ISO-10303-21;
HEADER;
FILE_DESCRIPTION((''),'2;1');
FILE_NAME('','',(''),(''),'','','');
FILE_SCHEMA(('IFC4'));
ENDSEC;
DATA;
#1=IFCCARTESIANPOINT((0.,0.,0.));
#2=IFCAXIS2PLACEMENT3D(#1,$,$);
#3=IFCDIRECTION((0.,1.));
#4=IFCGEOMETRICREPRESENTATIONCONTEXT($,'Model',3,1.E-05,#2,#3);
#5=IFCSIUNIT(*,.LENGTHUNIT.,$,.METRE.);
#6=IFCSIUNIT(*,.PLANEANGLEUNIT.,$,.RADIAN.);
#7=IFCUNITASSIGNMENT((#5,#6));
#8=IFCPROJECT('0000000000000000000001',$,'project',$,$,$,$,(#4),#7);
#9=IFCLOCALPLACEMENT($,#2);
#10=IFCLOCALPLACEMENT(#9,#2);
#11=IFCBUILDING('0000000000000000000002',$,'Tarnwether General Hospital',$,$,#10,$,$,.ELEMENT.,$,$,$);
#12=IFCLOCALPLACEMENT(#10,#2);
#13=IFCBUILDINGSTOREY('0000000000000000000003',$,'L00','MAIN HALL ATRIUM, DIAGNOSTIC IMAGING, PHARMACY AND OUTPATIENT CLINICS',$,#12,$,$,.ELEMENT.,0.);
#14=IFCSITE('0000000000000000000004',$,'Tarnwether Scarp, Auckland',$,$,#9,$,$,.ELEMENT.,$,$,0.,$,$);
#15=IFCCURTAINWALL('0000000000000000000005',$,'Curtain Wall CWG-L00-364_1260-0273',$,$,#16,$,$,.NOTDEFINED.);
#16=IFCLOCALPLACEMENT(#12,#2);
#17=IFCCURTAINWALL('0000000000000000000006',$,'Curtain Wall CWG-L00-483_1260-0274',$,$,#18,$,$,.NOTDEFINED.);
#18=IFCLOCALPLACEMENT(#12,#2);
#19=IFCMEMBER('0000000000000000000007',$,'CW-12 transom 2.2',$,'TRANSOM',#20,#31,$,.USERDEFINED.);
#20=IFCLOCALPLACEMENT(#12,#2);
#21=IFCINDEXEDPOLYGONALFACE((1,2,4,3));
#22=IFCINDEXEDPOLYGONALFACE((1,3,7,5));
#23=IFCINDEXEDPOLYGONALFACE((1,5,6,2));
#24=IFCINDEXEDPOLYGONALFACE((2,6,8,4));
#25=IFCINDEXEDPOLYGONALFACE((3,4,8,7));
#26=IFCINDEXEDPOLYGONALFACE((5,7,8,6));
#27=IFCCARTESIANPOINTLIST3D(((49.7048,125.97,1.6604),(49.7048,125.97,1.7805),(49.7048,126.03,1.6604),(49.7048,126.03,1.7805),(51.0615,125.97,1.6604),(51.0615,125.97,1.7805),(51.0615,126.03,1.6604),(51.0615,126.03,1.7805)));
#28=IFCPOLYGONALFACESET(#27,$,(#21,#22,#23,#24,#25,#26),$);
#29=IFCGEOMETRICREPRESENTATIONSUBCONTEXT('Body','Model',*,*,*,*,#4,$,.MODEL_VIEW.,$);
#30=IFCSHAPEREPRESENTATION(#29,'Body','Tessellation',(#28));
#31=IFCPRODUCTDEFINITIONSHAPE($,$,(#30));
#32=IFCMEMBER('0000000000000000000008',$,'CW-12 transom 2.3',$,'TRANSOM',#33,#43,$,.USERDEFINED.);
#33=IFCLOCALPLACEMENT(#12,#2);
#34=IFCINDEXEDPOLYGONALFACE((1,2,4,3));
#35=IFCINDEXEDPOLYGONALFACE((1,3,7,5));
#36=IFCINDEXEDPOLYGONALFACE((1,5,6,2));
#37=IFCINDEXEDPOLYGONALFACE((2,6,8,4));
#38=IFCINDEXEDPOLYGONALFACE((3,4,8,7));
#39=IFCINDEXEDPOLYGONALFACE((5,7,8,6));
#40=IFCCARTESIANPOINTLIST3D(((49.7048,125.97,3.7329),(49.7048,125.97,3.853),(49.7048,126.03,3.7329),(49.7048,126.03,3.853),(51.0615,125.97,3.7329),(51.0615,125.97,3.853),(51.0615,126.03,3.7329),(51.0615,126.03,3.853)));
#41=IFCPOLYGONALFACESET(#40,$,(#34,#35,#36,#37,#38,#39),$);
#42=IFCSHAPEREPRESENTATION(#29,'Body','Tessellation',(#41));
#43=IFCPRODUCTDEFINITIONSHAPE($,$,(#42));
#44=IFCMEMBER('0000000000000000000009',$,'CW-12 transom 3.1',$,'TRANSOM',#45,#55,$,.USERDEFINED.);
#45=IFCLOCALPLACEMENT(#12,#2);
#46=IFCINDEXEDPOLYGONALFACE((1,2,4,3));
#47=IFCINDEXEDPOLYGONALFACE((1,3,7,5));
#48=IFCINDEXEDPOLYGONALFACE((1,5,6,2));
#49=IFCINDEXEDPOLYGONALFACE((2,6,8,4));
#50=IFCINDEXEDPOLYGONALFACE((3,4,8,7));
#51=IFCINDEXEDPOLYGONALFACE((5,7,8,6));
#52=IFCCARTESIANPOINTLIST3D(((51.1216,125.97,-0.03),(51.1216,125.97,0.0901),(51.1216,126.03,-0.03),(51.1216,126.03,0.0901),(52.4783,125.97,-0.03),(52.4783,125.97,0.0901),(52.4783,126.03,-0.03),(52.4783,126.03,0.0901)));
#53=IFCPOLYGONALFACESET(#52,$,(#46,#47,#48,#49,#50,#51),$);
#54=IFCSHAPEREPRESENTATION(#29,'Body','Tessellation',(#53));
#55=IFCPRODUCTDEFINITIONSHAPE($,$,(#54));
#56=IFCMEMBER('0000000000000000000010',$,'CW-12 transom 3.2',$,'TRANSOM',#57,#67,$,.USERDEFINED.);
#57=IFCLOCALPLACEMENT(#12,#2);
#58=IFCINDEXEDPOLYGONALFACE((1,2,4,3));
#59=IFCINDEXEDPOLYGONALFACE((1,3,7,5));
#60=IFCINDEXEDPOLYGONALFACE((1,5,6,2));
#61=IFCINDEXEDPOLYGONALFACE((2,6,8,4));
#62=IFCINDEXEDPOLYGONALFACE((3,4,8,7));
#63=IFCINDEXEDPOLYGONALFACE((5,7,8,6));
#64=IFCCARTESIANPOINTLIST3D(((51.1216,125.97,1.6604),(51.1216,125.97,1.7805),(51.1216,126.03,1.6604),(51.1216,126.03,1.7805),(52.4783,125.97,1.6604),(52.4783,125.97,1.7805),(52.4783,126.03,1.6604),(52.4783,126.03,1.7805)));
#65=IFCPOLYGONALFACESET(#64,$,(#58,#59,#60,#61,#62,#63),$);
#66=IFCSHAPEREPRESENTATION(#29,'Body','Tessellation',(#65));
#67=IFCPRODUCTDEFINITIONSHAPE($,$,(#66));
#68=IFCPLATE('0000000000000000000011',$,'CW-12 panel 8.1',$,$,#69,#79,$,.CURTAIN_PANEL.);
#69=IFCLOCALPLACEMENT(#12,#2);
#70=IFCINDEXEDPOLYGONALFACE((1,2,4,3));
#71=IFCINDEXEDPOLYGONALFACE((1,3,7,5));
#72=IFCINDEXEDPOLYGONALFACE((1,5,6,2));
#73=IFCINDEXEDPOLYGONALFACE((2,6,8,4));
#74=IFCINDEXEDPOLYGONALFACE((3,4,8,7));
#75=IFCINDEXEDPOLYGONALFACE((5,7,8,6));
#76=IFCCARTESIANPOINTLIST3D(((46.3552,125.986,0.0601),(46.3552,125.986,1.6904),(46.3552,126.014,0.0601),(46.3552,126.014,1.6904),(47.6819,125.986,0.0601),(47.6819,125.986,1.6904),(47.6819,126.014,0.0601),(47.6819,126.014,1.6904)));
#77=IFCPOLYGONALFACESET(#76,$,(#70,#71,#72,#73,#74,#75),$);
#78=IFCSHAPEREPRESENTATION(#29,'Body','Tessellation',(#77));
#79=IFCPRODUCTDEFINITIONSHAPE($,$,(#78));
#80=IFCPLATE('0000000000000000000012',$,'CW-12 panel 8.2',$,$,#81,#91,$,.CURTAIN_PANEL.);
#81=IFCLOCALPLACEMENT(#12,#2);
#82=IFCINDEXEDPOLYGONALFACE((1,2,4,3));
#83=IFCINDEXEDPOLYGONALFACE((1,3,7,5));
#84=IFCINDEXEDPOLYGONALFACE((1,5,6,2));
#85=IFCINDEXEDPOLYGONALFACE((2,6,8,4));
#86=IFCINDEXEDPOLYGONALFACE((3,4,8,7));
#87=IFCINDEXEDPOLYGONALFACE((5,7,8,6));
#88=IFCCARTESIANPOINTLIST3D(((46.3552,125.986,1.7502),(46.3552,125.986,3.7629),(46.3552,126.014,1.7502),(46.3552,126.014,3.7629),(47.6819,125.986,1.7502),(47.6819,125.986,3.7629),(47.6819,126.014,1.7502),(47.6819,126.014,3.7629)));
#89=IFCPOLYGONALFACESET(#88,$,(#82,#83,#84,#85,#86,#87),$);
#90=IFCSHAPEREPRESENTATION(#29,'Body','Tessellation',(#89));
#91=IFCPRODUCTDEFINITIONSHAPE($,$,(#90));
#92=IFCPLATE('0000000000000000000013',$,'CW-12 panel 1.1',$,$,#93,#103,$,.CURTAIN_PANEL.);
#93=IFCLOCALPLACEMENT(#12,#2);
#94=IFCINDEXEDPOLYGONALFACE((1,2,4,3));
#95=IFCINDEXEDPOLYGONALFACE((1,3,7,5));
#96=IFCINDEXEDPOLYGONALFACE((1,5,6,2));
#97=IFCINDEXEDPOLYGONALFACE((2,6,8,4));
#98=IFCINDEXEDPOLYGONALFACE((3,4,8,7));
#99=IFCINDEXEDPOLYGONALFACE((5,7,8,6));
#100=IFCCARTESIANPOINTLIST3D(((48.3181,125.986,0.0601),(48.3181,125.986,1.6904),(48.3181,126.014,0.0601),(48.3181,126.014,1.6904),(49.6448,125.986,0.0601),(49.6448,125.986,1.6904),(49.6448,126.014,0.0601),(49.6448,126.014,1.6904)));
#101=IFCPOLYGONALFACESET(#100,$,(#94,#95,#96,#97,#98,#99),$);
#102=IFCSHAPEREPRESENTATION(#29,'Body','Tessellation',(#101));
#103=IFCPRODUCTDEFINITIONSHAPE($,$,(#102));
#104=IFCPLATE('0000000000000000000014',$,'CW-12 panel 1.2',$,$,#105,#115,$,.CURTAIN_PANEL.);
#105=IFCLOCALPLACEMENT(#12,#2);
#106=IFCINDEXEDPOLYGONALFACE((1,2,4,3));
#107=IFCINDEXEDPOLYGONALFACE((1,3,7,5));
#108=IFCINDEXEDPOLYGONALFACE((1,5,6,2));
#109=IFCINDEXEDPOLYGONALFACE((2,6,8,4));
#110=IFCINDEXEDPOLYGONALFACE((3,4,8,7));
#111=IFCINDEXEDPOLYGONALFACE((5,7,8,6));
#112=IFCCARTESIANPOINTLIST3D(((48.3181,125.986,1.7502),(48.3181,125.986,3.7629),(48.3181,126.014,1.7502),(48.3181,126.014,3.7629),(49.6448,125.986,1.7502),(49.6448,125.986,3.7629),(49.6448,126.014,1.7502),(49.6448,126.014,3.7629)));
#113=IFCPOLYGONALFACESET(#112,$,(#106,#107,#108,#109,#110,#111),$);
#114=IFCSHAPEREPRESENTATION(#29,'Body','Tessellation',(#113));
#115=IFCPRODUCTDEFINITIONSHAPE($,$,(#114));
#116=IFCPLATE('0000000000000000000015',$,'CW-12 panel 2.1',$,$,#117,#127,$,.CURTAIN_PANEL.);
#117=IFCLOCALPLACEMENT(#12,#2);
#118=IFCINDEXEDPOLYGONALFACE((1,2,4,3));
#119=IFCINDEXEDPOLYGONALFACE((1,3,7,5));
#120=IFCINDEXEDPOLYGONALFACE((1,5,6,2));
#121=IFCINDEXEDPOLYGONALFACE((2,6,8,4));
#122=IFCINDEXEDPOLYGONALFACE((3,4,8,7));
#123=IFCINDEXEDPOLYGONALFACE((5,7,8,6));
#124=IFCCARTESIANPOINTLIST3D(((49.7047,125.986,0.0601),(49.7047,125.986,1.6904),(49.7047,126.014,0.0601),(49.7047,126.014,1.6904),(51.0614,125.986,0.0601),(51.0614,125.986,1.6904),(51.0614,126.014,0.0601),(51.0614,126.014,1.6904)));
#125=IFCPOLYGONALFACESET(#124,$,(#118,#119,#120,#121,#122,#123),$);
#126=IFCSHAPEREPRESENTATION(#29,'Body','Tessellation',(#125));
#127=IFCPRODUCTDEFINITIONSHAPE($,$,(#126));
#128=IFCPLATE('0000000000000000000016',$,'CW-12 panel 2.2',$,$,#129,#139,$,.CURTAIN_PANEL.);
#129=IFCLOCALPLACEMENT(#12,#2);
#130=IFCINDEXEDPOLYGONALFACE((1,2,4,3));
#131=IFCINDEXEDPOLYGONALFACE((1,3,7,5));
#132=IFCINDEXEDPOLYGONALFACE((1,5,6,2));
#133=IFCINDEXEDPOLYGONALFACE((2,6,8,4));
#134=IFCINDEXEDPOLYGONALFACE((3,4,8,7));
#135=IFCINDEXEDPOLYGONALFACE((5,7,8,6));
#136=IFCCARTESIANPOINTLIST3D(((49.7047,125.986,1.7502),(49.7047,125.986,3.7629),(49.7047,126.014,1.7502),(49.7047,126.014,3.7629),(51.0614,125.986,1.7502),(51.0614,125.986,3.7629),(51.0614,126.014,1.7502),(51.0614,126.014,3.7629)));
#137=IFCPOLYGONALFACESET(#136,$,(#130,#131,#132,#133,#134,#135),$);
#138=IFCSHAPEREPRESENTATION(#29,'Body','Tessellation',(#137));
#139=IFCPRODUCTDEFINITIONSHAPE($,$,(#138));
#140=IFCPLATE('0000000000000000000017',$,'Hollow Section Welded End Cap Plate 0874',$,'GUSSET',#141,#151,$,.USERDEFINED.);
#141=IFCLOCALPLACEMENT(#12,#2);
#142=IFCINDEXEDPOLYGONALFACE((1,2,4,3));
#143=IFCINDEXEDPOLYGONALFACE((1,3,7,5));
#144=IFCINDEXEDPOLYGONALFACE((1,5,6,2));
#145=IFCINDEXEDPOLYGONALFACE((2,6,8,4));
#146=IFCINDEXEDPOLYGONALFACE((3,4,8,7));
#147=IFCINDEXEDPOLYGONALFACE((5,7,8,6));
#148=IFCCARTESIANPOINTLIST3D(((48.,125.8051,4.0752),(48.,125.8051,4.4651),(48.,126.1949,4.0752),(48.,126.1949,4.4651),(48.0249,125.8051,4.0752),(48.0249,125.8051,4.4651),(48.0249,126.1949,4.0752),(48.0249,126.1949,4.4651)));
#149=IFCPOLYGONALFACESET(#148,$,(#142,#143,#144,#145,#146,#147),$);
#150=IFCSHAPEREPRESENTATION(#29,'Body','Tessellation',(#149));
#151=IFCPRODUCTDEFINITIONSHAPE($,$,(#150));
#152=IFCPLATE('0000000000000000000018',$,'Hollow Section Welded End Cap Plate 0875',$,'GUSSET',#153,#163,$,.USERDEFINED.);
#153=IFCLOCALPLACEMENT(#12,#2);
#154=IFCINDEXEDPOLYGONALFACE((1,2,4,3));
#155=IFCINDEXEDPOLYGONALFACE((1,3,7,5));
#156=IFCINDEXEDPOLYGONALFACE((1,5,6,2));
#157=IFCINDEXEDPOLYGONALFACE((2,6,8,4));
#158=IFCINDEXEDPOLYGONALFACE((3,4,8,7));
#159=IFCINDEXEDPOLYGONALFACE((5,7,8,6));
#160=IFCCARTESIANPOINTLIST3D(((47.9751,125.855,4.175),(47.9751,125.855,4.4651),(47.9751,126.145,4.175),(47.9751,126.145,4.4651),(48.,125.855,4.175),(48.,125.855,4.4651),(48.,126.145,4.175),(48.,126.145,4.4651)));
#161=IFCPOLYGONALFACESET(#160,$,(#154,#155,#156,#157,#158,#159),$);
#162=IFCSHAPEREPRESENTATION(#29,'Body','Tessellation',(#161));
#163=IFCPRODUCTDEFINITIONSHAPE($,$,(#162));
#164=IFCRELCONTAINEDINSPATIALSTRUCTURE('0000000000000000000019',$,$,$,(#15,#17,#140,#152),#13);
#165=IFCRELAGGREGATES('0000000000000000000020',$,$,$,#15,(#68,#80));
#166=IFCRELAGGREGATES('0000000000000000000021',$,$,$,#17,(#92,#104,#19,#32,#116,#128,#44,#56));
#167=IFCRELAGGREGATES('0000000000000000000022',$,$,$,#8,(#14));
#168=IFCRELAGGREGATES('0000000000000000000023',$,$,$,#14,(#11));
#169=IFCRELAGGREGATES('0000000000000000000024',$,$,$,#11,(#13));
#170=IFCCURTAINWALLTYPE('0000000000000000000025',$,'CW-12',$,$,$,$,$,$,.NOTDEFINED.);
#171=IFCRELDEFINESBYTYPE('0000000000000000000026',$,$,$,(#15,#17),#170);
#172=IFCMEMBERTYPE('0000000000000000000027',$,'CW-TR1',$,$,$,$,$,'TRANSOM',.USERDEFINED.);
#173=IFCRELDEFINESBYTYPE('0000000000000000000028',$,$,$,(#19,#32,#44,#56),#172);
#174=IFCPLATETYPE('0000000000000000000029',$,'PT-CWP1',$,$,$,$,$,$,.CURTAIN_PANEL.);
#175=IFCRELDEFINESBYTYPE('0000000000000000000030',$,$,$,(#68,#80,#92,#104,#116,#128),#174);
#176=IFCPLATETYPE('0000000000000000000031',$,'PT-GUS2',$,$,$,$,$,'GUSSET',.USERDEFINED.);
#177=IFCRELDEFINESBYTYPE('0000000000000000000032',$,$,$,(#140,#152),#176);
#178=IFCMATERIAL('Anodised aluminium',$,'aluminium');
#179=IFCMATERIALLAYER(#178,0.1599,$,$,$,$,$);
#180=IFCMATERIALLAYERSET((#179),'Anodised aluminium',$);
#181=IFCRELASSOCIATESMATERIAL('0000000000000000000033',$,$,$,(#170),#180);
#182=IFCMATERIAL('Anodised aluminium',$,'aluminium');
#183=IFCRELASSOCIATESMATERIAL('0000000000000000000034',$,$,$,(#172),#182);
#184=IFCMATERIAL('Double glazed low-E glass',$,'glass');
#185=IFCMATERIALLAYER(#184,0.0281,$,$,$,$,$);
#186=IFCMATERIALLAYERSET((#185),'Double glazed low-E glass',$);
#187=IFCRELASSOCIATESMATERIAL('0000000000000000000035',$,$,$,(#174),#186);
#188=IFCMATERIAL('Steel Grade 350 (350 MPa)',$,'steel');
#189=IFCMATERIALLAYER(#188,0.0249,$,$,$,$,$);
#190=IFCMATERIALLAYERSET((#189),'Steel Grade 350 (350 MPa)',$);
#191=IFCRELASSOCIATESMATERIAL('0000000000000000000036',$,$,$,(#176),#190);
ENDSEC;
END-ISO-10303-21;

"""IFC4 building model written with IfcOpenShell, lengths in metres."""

from ifc_helpers import new_model, si_unit, direction, frame, origin, origin_2d, place, context, subcontext, project, spatial, rectangle, extrude, material, layer, layer_set, material_profile, profile_set, type_object, element, aggregate, save


model = new_model("IFC4")

# Units and contexts
model_context = context("Model", 3, precision=1e-05, world=origin(), true_north=direction((0.0, 1.0)))
body_context = subcontext(model_context, "Body", "Model", "MODEL_VIEW")
ifc_project = project(units=[si_unit("LENGTHUNIT", "METRE"), si_unit("PLANEANGLEUNIT", "RADIAN")], contexts=[model_context])

# Site, building, storey
site_placement = place(None, origin())
site = spatial("IfcSite", under=ifc_project, at=site_placement, Name="Tarnwether Scarp, Auckland", CompositionType="ELEMENT", RefElevation=0.0)
building_placement = place(site_placement, origin())
building = spatial("IfcBuilding", under=site, at=building_placement, Name="Tarnwether General Hospital", CompositionType="ELEMENT")
storey_placement = place(building_placement, origin())
storey = spatial("IfcBuildingStorey", under=building, at=storey_placement, Name="L00", Description="MAIN HALL ATRIUM, DIAGNOSTIC IMAGING, PHARMACY AND OUTPATIENT CLINICS", CompositionType="ELEMENT", Elevation=0.0)

# Curtain walls
ifc_material_1 = material(Name="Anodised aluminium", Category="aluminium")
ifc_layer_1 = layer(ifc_material_1, 0.1599)
ifc_layer_set_1 = layer_set([ifc_layer_1], Name="Anodised aluminium")
curtain_wall_type = type_object("IfcCurtainWallType", Name="CW-12", PredefinedType="NOTDEFINED", material=ifc_layer_set_1)
curtain_wall_1_placement = place(storey_placement, origin())
curtain_wall_1 = element("IfcCurtainWall", 1, at=curtain_wall_1_placement, inside=storey, type_object=curtain_wall_type, Name="Curtain Wall CWG-L00-364_1260-0273", PredefinedType="NOTDEFINED")
curtain_wall_2_placement = place(storey_placement, origin())
curtain_wall_2 = element("IfcCurtainWall", 2, at=curtain_wall_2_placement, inside=storey, type_object=curtain_wall_type, Name="Curtain Wall CWG-L00-483_1260-0274", PredefinedType="NOTDEFINED")

# Members
ifc_material_2 = material(Name="Anodised aluminium", Category="aluminium")
ifc_material_profile_1 = material_profile(ifc_material_2, rectangle(XDim=0.0601, YDim=0.1201, at=origin_2d()), Name="ALU-TRN-60x120")
ifc_profile_set_1 = profile_set([ifc_material_profile_1], Name="Anodised aluminium")
member_type_1 = type_object("IfcMemberType", Name="CW-TR1", ElementType="TRANSOM", PredefinedType="USERDEFINED", material=ifc_profile_set_1)
member_1_placement = place(storey_placement, frame((49.7048, 126.0, 1.7205), z_axis=(1.0, 0.0, 0.0), x_axis=(0.0, 1.0, 0.0)))
member_1 = element("IfcMember", 3, at=member_1_placement, type_object=member_type_1, Name="CW-12 transom 2.2", ObjectType="TRANSOM", PredefinedType="USERDEFINED", context=body_context, shape_type="SweptSolid", body=[
    extrude(rectangle(XDim=0.0601, YDim=0.1201, at=origin_2d()), origin(), (0.0, 0.0, 1.0), 1.3567),
])
member_2_placement = place(storey_placement, frame((49.7048, 126.0, 3.793), z_axis=(1.0, 0.0, 0.0), x_axis=(0.0, 1.0, 0.0)))
member_2 = element("IfcMember", 4, at=member_2_placement, type_object=member_type_1, Name="CW-12 transom 2.3", ObjectType="TRANSOM", PredefinedType="USERDEFINED", context=body_context, shape_type="SweptSolid", body=[
    extrude(rectangle(XDim=0.0601, YDim=0.1201, at=origin_2d()), origin(), (0.0, 0.0, 1.0), 1.3567),
])
member_3_placement = place(storey_placement, frame((51.1216, 126.0, 0.03), z_axis=(1.0, 0.0, 0.0), x_axis=(0.0, 1.0, 0.0)))
member_3 = element("IfcMember", 5, at=member_3_placement, type_object=member_type_1, Name="CW-12 transom 3.1", ObjectType="TRANSOM", PredefinedType="USERDEFINED", context=body_context, shape_type="SweptSolid", body=[
    extrude(rectangle(XDim=0.0601, YDim=0.1201, at=origin_2d()), origin(), (0.0, 0.0, 1.0), 1.3567),
])
member_4_placement = place(storey_placement, frame((51.1216, 126.0, 1.7205), z_axis=(1.0, 0.0, 0.0), x_axis=(0.0, 1.0, 0.0)))
member_4 = element("IfcMember", 6, at=member_4_placement, type_object=member_type_1, Name="CW-12 transom 3.2", ObjectType="TRANSOM", PredefinedType="USERDEFINED", context=body_context, shape_type="SweptSolid", body=[
    extrude(rectangle(XDim=0.0601, YDim=0.1201, at=origin_2d()), origin(), (0.0, 0.0, 1.0), 1.3567),
])

# Plates
ifc_material_3 = material(Name="Double glazed low-E glass", Category="glass")
ifc_layer_2 = layer(ifc_material_3, 0.0281)
ifc_layer_set_2 = layer_set([ifc_layer_2], Name="Double glazed low-E glass")
plate_type_1 = type_object("IfcPlateType", Name="PT-CWP1", PredefinedType="CURTAIN_PANEL", material=ifc_layer_set_2)
plate_1_placement = place(storey_placement, frame((47.0186, 126.0, 0.0601), z_axis=(0.0, 0.0, 1.0), x_axis=(1.0, 0.0, 0.0)))
plate_1 = element("IfcPlate", 7, at=plate_1_placement, type_object=plate_type_1, Name="CW-12 panel 8.1", PredefinedType="CURTAIN_PANEL", context=body_context, shape_type="SweptSolid", body=[
    extrude(rectangle(XDim=1.3267, YDim=0.0281, at=origin_2d()), origin(), (0.0, 0.0, 1.0), 1.6304),
])
plate_2_placement = place(storey_placement, frame((47.0186, 126.0, 1.7502), z_axis=(0.0, 0.0, 1.0), x_axis=(1.0, 0.0, 0.0)))
plate_2 = element("IfcPlate", 8, at=plate_2_placement, type_object=plate_type_1, Name="CW-12 panel 8.2", PredefinedType="CURTAIN_PANEL", context=body_context, shape_type="SweptSolid", body=[
    extrude(rectangle(XDim=1.3267, YDim=0.0281, at=origin_2d()), origin(), (0.0, 0.0, 1.0), 2.0127),
])
aggregate(curtain_wall_1, [plate_1, plate_2])
plate_3_placement = place(storey_placement, frame((48.9814, 126.0, 0.0601), z_axis=(0.0, 0.0, 1.0), x_axis=(1.0, 0.0, 0.0)))
plate_3 = element("IfcPlate", 9, at=plate_3_placement, type_object=plate_type_1, Name="CW-12 panel 1.1", PredefinedType="CURTAIN_PANEL", context=body_context, shape_type="SweptSolid", body=[
    extrude(rectangle(XDim=1.3267, YDim=0.0281, at=origin_2d()), origin(), (0.0, 0.0, 1.0), 1.6304),
])
plate_4_placement = place(storey_placement, frame((48.9814, 126.0, 1.7502), z_axis=(0.0, 0.0, 1.0), x_axis=(1.0, 0.0, 0.0)))
plate_4 = element("IfcPlate", 10, at=plate_4_placement, type_object=plate_type_1, Name="CW-12 panel 1.2", PredefinedType="CURTAIN_PANEL", context=body_context, shape_type="SweptSolid", body=[
    extrude(rectangle(XDim=1.3267, YDim=0.0281, at=origin_2d()), origin(), (0.0, 0.0, 1.0), 2.0127),
])
plate_5_placement = place(storey_placement, frame((50.3831, 126.0, 0.0601), z_axis=(0.0, 0.0, 1.0), x_axis=(1.0, 0.0, 0.0)))
plate_5 = element("IfcPlate", 11, at=plate_5_placement, type_object=plate_type_1, Name="CW-12 panel 2.1", PredefinedType="CURTAIN_PANEL", context=body_context, shape_type="SweptSolid", body=[
    extrude(rectangle(XDim=1.3567, YDim=0.0281, at=origin_2d()), origin(), (0.0, 0.0, 1.0), 1.6304),
])
plate_6_placement = place(storey_placement, frame((50.3831, 126.0, 1.7502), z_axis=(0.0, 0.0, 1.0), x_axis=(1.0, 0.0, 0.0)))
plate_6 = element("IfcPlate", 12, at=plate_6_placement, type_object=plate_type_1, Name="CW-12 panel 2.2", PredefinedType="CURTAIN_PANEL", context=body_context, shape_type="SweptSolid", body=[
    extrude(rectangle(XDim=1.3567, YDim=0.0281, at=origin_2d()), origin(), (0.0, 0.0, 1.0), 2.0127),
])
aggregate(curtain_wall_2, [plate_3, plate_4, member_1, member_2, plate_5, plate_6, member_3, member_4])

# Plates
ifc_material_4 = material(Name="Steel Grade 350 (350 MPa)", Category="steel")
ifc_layer_3 = layer(ifc_material_4, 0.0249)
ifc_layer_set_3 = layer_set([ifc_layer_3], Name="Steel Grade 350 (350 MPa)")
plate_type_2 = type_object("IfcPlateType", Name="PT-GUS2", ElementType="GUSSET", PredefinedType="USERDEFINED", material=ifc_layer_set_3)
plate_7_placement = place(storey_placement, frame((48.0125, 126.0, 4.0752), z_axis=(0.0, 0.0, 1.0), x_axis=(1.0, 0.0, 0.0)))
element("IfcPlate", 13, at=plate_7_placement, inside=storey, type_object=plate_type_2, Name="Hollow Section Welded End Cap Plate 0874", ObjectType="GUSSET", PredefinedType="USERDEFINED", context=body_context, shape_type="SweptSolid", body=[
    extrude(rectangle(XDim=0.0249, YDim=0.3899, at=origin_2d()), origin(), (0.0, 0.0, 1.0), 0.3899),
])
plate_8_placement = place(storey_placement, frame((47.9875, 126.0, 4.175), z_axis=(0.0, 0.0, 1.0), x_axis=(1.0, 0.0, 0.0)))
element("IfcPlate", 14, at=plate_8_placement, inside=storey, type_object=plate_type_2, Name="Hollow Section Welded End Cap Plate 0875", ObjectType="GUSSET", PredefinedType="USERDEFINED", context=body_context, shape_type="SweptSolid", body=[
    extrude(rectangle(XDim=0.0249, YDim=0.29, at=origin_2d()), origin(), (0.0, 0.0, 1.0), 0.29),
])

save(model, "model.ifc")
